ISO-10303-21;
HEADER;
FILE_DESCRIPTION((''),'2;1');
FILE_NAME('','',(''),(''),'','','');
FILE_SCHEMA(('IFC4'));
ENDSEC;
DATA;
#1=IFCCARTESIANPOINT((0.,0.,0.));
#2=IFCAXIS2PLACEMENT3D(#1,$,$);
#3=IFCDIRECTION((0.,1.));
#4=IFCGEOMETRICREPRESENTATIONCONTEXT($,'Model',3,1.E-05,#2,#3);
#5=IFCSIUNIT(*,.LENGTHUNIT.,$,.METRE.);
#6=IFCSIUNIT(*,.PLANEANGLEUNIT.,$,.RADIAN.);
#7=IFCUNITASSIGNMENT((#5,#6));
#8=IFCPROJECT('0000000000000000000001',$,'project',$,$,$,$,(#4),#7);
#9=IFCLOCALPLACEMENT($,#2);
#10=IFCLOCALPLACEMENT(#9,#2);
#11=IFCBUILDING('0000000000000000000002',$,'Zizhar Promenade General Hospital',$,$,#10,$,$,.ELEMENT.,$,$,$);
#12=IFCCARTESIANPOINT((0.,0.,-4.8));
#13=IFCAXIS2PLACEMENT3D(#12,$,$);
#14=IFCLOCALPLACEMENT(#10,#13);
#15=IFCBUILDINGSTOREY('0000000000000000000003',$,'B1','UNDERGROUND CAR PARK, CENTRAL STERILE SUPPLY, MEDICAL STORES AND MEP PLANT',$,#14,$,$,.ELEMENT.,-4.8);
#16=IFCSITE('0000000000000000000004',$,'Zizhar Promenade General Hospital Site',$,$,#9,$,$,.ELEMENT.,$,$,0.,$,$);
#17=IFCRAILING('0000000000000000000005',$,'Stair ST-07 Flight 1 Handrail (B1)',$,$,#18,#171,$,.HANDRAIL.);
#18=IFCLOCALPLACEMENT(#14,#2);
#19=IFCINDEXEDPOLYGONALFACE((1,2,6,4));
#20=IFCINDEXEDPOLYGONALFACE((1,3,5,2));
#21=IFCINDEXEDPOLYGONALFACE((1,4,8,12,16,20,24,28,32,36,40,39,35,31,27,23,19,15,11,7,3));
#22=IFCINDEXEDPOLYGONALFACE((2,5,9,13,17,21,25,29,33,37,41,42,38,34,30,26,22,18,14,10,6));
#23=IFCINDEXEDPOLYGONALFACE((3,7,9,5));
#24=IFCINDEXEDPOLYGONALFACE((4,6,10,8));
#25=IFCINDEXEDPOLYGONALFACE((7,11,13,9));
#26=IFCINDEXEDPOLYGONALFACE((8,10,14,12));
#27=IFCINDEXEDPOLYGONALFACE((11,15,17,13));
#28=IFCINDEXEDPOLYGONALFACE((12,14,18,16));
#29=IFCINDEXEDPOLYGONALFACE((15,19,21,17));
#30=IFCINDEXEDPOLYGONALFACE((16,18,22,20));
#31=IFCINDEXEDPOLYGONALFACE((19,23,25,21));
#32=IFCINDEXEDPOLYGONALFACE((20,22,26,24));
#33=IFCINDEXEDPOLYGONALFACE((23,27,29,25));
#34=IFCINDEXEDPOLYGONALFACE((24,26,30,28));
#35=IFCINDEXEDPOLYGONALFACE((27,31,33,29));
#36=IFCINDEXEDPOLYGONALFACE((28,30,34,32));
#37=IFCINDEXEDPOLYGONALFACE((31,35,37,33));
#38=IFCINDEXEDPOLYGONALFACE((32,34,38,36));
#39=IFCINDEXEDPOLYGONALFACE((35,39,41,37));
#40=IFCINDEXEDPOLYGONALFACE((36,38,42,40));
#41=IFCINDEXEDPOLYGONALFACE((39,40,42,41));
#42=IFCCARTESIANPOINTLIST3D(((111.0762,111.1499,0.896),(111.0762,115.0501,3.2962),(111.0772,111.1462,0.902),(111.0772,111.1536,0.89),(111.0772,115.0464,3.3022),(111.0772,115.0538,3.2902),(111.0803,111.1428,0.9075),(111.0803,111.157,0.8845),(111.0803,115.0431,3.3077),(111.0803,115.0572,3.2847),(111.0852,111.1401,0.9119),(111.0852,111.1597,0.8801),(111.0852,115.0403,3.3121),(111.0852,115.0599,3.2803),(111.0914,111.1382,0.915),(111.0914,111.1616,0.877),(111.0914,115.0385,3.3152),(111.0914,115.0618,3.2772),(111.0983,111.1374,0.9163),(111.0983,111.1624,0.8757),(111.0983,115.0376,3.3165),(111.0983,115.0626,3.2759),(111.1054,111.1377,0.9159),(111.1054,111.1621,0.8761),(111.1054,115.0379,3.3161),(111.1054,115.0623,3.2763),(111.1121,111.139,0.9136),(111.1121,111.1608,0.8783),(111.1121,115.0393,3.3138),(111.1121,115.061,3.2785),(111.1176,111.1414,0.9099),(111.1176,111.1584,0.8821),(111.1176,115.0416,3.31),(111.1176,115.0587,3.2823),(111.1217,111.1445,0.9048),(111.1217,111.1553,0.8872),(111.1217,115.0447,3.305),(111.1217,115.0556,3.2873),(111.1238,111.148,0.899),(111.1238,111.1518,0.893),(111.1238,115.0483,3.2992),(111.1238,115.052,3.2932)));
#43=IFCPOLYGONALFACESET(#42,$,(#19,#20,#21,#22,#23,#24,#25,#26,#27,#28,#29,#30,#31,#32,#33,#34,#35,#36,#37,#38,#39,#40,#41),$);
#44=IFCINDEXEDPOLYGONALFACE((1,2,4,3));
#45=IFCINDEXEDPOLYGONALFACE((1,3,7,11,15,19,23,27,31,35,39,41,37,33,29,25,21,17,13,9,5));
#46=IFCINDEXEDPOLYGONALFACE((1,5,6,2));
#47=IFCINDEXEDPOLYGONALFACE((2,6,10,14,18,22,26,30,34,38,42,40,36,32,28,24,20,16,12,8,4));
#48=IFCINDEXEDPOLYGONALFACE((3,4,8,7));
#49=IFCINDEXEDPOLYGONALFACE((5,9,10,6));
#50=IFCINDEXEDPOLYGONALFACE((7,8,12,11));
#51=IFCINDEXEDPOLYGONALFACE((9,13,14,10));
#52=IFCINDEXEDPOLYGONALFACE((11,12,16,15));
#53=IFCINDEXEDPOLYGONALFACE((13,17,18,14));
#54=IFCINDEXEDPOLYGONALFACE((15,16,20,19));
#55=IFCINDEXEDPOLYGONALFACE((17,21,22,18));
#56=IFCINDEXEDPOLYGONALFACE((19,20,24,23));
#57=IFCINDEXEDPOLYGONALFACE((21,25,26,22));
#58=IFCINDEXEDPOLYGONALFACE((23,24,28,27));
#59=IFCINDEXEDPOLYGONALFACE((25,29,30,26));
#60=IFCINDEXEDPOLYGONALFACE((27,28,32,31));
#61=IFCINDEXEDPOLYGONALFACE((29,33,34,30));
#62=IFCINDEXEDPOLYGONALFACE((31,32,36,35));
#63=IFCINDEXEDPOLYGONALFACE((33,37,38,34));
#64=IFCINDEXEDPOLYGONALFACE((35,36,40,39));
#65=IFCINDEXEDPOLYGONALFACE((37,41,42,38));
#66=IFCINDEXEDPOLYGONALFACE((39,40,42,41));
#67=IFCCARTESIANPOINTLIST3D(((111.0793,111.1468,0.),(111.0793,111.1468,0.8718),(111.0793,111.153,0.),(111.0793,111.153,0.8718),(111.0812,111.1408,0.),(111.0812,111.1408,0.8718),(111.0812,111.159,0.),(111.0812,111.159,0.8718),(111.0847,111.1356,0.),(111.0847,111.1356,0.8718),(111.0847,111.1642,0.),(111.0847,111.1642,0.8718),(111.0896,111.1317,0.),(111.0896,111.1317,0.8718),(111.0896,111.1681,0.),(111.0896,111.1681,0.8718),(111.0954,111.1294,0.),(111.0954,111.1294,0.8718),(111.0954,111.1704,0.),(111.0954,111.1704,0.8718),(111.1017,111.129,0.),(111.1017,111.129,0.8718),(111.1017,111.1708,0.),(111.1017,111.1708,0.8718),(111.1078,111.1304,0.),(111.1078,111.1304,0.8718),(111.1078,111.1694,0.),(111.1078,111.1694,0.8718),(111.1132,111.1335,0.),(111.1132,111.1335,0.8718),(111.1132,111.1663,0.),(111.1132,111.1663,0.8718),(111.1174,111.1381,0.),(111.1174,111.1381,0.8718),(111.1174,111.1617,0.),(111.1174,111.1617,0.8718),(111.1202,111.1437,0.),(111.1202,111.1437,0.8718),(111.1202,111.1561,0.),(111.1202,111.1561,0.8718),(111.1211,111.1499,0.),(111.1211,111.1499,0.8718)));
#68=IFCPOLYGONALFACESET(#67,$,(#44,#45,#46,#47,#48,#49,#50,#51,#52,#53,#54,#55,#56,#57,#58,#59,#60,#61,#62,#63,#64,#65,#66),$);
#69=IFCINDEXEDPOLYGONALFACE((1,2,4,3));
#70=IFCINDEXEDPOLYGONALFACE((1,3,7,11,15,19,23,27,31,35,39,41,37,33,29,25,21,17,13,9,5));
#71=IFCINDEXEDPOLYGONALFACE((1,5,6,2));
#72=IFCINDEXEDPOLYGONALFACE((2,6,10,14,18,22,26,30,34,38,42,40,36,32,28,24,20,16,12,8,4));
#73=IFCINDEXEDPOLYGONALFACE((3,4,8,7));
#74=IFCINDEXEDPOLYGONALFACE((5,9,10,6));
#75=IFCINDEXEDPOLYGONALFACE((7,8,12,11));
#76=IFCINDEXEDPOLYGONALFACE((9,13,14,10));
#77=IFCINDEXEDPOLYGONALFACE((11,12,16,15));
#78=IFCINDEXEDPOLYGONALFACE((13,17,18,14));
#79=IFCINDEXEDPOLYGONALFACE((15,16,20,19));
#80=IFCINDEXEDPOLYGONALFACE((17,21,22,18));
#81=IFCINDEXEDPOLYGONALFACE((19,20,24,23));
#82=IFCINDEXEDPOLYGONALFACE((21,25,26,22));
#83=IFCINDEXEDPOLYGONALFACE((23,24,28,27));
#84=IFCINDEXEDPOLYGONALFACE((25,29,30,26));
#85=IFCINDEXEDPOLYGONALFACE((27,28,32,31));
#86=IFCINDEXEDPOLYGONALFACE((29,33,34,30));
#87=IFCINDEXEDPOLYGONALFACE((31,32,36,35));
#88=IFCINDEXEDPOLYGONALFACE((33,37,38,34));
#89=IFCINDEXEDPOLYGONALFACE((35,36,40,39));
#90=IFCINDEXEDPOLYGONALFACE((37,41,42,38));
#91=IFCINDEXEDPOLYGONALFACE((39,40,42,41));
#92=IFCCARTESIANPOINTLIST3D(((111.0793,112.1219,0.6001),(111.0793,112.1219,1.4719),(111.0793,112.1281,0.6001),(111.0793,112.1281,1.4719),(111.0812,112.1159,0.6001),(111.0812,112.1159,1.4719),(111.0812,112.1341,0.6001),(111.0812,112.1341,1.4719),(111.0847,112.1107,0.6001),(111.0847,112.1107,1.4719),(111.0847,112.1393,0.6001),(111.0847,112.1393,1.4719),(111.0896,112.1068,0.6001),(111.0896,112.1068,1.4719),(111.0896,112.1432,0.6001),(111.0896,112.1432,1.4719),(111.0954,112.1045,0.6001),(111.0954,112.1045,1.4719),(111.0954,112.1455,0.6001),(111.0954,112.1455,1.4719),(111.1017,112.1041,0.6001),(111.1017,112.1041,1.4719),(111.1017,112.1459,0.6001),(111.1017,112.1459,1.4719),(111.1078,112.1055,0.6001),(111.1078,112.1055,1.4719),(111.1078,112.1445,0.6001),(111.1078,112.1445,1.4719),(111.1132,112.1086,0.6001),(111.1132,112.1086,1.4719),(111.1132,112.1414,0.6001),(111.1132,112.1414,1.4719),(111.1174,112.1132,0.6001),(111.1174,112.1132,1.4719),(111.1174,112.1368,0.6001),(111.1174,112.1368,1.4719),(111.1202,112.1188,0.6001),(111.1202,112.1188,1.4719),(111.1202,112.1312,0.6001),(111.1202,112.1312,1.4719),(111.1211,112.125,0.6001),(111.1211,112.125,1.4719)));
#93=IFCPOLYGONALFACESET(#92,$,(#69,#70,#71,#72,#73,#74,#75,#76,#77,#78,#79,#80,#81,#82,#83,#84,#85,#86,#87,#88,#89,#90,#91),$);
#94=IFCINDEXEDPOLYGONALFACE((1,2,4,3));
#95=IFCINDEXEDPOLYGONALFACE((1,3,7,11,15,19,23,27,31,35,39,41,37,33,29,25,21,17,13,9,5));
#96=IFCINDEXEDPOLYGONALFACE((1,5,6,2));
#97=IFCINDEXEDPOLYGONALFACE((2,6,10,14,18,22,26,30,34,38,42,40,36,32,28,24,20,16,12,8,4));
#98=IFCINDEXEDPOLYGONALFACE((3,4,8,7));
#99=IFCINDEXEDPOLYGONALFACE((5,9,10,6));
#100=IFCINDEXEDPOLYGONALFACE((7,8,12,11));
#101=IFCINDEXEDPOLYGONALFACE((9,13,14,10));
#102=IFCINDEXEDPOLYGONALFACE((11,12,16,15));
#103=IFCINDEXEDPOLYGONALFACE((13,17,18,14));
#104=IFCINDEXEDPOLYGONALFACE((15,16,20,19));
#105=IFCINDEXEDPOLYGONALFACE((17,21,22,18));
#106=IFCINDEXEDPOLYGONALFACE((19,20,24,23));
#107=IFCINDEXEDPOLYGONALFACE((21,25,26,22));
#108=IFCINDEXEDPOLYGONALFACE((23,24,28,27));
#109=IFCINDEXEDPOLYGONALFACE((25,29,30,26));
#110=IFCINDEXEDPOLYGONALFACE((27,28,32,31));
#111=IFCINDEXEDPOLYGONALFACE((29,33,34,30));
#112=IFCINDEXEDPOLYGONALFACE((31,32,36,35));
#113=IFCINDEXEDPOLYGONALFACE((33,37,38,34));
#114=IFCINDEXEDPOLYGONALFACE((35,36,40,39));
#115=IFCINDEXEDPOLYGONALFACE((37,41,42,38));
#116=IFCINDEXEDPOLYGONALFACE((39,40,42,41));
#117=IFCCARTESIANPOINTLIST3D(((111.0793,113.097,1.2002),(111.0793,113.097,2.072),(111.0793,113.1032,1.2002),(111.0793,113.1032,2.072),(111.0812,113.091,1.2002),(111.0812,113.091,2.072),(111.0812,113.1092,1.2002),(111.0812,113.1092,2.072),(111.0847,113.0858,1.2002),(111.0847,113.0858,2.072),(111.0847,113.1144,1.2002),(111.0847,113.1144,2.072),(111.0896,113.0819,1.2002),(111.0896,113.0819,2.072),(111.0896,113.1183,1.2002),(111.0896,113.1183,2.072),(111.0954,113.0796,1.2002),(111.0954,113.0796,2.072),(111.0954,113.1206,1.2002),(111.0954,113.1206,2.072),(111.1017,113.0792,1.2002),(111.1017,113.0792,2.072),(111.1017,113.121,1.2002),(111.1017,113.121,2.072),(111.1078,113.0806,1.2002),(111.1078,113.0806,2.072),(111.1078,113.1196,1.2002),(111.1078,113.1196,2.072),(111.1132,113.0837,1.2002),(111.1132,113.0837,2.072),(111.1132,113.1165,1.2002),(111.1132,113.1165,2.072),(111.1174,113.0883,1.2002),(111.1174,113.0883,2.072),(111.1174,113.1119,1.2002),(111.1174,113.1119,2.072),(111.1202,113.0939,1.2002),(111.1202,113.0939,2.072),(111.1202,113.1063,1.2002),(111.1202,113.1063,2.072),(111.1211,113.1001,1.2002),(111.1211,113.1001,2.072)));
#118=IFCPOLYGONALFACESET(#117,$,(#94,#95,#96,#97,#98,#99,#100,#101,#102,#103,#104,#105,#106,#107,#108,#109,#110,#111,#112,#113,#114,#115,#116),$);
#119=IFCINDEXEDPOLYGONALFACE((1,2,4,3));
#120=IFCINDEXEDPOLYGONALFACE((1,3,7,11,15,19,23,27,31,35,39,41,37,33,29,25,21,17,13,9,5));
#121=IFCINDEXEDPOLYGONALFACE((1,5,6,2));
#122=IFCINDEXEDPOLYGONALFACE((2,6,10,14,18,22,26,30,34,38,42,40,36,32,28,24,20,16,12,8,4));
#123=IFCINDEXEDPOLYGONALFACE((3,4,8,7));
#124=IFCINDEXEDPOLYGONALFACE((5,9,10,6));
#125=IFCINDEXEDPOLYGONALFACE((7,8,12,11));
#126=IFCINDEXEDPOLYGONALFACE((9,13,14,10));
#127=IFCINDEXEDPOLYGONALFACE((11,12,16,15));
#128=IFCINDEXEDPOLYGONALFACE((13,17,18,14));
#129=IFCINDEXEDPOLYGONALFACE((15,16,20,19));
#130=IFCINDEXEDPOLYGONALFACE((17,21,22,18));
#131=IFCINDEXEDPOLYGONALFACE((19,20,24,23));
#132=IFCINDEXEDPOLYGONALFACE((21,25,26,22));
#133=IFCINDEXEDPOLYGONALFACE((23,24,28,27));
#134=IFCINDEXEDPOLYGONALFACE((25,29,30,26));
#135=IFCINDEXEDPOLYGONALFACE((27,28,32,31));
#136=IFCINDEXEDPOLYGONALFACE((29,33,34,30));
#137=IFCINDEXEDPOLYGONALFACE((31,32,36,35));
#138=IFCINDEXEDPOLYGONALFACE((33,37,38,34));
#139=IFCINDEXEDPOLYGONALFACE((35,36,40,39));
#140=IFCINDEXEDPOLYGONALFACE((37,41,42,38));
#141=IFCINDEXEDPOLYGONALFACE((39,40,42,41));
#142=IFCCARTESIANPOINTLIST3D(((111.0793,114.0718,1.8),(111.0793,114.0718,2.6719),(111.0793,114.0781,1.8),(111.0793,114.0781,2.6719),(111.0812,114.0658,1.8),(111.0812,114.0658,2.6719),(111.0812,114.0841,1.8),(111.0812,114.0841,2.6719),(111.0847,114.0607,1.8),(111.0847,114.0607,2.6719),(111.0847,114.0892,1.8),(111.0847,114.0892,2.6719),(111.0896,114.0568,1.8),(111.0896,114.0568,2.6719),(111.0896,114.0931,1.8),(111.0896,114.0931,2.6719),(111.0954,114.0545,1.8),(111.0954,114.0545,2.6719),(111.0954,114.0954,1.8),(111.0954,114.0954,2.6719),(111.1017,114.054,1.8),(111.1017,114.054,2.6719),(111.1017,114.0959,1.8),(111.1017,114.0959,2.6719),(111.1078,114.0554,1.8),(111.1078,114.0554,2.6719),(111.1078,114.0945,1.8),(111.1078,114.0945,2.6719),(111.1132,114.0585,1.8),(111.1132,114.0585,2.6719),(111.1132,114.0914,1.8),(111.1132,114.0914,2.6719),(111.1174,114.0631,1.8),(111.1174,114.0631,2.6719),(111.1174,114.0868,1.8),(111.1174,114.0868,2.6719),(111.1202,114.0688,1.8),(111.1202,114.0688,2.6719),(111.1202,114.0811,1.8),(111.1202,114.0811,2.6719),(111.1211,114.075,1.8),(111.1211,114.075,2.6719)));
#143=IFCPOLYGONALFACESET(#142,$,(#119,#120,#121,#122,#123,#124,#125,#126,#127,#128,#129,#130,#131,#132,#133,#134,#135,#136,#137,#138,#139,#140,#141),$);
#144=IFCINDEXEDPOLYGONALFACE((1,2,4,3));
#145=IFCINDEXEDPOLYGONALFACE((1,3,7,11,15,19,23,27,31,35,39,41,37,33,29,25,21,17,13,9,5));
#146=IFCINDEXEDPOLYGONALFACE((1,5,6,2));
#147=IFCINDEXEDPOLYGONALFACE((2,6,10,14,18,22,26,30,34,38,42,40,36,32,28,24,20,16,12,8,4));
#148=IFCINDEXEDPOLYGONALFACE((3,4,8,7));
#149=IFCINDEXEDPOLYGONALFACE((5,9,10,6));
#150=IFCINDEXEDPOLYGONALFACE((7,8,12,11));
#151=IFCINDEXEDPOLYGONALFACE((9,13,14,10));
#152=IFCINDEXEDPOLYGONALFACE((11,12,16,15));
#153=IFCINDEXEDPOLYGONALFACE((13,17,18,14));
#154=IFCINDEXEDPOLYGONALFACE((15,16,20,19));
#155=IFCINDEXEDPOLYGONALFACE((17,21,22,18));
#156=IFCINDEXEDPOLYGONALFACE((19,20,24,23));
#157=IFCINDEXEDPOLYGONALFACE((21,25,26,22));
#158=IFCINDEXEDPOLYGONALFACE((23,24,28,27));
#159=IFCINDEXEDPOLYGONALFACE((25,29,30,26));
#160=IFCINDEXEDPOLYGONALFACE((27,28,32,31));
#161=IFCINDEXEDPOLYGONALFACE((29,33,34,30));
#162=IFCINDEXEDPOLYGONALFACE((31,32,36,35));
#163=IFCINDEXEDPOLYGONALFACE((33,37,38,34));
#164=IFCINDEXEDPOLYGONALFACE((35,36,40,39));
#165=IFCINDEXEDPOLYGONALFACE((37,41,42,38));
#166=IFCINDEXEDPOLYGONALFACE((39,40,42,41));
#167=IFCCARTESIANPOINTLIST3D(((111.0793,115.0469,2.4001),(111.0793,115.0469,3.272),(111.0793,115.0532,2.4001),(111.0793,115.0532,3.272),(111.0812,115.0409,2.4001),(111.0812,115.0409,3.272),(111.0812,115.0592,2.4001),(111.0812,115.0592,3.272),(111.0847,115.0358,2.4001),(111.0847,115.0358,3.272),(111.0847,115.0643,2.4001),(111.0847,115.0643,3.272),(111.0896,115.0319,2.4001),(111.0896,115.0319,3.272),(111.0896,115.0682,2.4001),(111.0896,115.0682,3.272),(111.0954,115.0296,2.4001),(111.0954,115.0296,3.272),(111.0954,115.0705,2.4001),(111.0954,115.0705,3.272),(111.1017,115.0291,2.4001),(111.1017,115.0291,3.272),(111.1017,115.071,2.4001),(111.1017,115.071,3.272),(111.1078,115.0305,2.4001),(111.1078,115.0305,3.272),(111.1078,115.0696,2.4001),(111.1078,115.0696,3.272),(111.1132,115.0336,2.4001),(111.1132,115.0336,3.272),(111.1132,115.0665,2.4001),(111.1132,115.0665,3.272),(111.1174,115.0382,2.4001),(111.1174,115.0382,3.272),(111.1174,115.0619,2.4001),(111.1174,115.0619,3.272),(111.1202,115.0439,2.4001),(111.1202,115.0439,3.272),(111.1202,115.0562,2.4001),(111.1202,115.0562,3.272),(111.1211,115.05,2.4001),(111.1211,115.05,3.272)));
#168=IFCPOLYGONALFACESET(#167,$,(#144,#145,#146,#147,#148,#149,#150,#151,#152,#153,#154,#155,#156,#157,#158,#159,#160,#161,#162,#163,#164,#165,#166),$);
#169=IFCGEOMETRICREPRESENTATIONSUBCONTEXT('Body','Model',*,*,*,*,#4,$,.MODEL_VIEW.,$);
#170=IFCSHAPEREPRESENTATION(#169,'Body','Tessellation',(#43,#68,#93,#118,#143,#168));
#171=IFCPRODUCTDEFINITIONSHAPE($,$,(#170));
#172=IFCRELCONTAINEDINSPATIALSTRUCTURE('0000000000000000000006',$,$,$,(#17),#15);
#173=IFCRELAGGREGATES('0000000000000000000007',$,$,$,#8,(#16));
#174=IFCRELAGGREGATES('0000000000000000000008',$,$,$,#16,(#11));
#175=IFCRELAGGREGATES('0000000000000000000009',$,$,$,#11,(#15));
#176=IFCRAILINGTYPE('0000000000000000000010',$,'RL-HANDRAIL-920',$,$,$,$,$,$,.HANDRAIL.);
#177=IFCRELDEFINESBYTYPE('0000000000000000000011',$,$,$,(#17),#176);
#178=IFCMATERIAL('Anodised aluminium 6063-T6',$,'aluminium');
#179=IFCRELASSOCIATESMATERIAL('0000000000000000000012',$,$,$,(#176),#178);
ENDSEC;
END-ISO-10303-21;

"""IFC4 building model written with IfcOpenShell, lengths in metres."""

from ifc_helpers import new_model, si_unit, direction, frame, origin, origin_2d, place, context, subcontext, project, spatial, circle, hollow_circle, extrude, material, material_profile, profile_set, type_object, element, save


model = new_model("IFC4")

# Units and contexts
model_context = context("Model", 3, precision=1e-05, world=origin(), true_north=direction((0.0, 1.0)))
body_context = subcontext(model_context, "Body", "Model", "MODEL_VIEW")
ifc_project = project(units=[si_unit("LENGTHUNIT", "METRE"), si_unit("PLANEANGLEUNIT", "RADIAN")], contexts=[model_context])

# Site, building, storey
site_placement = place(None, origin())
site = spatial("IfcSite", under=ifc_project, at=site_placement, Name="Zizhar Promenade General Hospital Site", CompositionType="ELEMENT", RefElevation=0.0)
building_placement = place(site_placement, origin())
building = spatial("IfcBuilding", under=site, at=building_placement, Name="Zizhar Promenade General Hospital", CompositionType="ELEMENT")
storey_placement = place(building_placement, frame((0.0, 0.0, -4.8)))
storey = spatial("IfcBuildingStorey", under=building, at=storey_placement, Name="B1", Description="UNDERGROUND CAR PARK, CENTRAL STERILE SUPPLY, MEDICAL STORES AND MEP PLANT", CompositionType="ELEMENT", Elevation=-4.8)

# Railing
ifc_material_1 = material(Name="Anodised aluminium 6063-T6", Category="aluminium")
ifc_material_profile_1 = material_profile(ifc_material_1, hollow_circle(Radius=0.0698, WallThickness=0.0063, at=origin_2d()))
ifc_profile_set_1 = profile_set([ifc_material_profile_1], Name="Anodised aluminium 6063-T6")
railing_type_1 = type_object("IfcRailingType", Name="RL-HANDRAIL-920", PredefinedType="HANDRAIL", material=ifc_profile_set_1)
railing_1_placement = place(storey_placement, frame((111.1001, 111.1499, 0.0)))
element("IfcRailing", 1, at=railing_1_placement, inside=storey, type_object=railing_type_1, Name="Stair ST-07 Flight 1 Handrail (B1)", PredefinedType="HANDRAIL", context=body_context, shape_type="SweptSolid", body=[
    extrude(circle(Radius=0.0239, at=origin_2d()), frame((0.0, 0.0, 0.896), z_axis=(0.0, 0.851653, 0.524106), x_axis=(-1.0, 0.0, 0.0)), (0.0, 0.0, 1.0), 4.5796),
    extrude(circle(Radius=0.021, at=origin_2d()), origin(), (0.0, 0.0, 1.0), 0.8718),
    extrude(circle(Radius=0.021, at=origin_2d()), frame((0.0, 0.9751, 0.6001)), (0.0, 0.0, 1.0), 0.8718),
    extrude(circle(Radius=0.021, at=origin_2d()), frame((0.0, 1.9502, 1.2002)), (0.0, 0.0, 1.0), 0.8718),
    extrude(circle(Radius=0.021, at=origin_2d()), frame((0.0, 2.925, 1.8)), (0.0, 0.0, 1.0), 0.8718),
    extrude(circle(Radius=0.021, at=origin_2d()), frame((0.0, 3.9001, 2.4001)), (0.0, 0.0, 1.0), 0.8718),
])

save(model, "model.ifc")
